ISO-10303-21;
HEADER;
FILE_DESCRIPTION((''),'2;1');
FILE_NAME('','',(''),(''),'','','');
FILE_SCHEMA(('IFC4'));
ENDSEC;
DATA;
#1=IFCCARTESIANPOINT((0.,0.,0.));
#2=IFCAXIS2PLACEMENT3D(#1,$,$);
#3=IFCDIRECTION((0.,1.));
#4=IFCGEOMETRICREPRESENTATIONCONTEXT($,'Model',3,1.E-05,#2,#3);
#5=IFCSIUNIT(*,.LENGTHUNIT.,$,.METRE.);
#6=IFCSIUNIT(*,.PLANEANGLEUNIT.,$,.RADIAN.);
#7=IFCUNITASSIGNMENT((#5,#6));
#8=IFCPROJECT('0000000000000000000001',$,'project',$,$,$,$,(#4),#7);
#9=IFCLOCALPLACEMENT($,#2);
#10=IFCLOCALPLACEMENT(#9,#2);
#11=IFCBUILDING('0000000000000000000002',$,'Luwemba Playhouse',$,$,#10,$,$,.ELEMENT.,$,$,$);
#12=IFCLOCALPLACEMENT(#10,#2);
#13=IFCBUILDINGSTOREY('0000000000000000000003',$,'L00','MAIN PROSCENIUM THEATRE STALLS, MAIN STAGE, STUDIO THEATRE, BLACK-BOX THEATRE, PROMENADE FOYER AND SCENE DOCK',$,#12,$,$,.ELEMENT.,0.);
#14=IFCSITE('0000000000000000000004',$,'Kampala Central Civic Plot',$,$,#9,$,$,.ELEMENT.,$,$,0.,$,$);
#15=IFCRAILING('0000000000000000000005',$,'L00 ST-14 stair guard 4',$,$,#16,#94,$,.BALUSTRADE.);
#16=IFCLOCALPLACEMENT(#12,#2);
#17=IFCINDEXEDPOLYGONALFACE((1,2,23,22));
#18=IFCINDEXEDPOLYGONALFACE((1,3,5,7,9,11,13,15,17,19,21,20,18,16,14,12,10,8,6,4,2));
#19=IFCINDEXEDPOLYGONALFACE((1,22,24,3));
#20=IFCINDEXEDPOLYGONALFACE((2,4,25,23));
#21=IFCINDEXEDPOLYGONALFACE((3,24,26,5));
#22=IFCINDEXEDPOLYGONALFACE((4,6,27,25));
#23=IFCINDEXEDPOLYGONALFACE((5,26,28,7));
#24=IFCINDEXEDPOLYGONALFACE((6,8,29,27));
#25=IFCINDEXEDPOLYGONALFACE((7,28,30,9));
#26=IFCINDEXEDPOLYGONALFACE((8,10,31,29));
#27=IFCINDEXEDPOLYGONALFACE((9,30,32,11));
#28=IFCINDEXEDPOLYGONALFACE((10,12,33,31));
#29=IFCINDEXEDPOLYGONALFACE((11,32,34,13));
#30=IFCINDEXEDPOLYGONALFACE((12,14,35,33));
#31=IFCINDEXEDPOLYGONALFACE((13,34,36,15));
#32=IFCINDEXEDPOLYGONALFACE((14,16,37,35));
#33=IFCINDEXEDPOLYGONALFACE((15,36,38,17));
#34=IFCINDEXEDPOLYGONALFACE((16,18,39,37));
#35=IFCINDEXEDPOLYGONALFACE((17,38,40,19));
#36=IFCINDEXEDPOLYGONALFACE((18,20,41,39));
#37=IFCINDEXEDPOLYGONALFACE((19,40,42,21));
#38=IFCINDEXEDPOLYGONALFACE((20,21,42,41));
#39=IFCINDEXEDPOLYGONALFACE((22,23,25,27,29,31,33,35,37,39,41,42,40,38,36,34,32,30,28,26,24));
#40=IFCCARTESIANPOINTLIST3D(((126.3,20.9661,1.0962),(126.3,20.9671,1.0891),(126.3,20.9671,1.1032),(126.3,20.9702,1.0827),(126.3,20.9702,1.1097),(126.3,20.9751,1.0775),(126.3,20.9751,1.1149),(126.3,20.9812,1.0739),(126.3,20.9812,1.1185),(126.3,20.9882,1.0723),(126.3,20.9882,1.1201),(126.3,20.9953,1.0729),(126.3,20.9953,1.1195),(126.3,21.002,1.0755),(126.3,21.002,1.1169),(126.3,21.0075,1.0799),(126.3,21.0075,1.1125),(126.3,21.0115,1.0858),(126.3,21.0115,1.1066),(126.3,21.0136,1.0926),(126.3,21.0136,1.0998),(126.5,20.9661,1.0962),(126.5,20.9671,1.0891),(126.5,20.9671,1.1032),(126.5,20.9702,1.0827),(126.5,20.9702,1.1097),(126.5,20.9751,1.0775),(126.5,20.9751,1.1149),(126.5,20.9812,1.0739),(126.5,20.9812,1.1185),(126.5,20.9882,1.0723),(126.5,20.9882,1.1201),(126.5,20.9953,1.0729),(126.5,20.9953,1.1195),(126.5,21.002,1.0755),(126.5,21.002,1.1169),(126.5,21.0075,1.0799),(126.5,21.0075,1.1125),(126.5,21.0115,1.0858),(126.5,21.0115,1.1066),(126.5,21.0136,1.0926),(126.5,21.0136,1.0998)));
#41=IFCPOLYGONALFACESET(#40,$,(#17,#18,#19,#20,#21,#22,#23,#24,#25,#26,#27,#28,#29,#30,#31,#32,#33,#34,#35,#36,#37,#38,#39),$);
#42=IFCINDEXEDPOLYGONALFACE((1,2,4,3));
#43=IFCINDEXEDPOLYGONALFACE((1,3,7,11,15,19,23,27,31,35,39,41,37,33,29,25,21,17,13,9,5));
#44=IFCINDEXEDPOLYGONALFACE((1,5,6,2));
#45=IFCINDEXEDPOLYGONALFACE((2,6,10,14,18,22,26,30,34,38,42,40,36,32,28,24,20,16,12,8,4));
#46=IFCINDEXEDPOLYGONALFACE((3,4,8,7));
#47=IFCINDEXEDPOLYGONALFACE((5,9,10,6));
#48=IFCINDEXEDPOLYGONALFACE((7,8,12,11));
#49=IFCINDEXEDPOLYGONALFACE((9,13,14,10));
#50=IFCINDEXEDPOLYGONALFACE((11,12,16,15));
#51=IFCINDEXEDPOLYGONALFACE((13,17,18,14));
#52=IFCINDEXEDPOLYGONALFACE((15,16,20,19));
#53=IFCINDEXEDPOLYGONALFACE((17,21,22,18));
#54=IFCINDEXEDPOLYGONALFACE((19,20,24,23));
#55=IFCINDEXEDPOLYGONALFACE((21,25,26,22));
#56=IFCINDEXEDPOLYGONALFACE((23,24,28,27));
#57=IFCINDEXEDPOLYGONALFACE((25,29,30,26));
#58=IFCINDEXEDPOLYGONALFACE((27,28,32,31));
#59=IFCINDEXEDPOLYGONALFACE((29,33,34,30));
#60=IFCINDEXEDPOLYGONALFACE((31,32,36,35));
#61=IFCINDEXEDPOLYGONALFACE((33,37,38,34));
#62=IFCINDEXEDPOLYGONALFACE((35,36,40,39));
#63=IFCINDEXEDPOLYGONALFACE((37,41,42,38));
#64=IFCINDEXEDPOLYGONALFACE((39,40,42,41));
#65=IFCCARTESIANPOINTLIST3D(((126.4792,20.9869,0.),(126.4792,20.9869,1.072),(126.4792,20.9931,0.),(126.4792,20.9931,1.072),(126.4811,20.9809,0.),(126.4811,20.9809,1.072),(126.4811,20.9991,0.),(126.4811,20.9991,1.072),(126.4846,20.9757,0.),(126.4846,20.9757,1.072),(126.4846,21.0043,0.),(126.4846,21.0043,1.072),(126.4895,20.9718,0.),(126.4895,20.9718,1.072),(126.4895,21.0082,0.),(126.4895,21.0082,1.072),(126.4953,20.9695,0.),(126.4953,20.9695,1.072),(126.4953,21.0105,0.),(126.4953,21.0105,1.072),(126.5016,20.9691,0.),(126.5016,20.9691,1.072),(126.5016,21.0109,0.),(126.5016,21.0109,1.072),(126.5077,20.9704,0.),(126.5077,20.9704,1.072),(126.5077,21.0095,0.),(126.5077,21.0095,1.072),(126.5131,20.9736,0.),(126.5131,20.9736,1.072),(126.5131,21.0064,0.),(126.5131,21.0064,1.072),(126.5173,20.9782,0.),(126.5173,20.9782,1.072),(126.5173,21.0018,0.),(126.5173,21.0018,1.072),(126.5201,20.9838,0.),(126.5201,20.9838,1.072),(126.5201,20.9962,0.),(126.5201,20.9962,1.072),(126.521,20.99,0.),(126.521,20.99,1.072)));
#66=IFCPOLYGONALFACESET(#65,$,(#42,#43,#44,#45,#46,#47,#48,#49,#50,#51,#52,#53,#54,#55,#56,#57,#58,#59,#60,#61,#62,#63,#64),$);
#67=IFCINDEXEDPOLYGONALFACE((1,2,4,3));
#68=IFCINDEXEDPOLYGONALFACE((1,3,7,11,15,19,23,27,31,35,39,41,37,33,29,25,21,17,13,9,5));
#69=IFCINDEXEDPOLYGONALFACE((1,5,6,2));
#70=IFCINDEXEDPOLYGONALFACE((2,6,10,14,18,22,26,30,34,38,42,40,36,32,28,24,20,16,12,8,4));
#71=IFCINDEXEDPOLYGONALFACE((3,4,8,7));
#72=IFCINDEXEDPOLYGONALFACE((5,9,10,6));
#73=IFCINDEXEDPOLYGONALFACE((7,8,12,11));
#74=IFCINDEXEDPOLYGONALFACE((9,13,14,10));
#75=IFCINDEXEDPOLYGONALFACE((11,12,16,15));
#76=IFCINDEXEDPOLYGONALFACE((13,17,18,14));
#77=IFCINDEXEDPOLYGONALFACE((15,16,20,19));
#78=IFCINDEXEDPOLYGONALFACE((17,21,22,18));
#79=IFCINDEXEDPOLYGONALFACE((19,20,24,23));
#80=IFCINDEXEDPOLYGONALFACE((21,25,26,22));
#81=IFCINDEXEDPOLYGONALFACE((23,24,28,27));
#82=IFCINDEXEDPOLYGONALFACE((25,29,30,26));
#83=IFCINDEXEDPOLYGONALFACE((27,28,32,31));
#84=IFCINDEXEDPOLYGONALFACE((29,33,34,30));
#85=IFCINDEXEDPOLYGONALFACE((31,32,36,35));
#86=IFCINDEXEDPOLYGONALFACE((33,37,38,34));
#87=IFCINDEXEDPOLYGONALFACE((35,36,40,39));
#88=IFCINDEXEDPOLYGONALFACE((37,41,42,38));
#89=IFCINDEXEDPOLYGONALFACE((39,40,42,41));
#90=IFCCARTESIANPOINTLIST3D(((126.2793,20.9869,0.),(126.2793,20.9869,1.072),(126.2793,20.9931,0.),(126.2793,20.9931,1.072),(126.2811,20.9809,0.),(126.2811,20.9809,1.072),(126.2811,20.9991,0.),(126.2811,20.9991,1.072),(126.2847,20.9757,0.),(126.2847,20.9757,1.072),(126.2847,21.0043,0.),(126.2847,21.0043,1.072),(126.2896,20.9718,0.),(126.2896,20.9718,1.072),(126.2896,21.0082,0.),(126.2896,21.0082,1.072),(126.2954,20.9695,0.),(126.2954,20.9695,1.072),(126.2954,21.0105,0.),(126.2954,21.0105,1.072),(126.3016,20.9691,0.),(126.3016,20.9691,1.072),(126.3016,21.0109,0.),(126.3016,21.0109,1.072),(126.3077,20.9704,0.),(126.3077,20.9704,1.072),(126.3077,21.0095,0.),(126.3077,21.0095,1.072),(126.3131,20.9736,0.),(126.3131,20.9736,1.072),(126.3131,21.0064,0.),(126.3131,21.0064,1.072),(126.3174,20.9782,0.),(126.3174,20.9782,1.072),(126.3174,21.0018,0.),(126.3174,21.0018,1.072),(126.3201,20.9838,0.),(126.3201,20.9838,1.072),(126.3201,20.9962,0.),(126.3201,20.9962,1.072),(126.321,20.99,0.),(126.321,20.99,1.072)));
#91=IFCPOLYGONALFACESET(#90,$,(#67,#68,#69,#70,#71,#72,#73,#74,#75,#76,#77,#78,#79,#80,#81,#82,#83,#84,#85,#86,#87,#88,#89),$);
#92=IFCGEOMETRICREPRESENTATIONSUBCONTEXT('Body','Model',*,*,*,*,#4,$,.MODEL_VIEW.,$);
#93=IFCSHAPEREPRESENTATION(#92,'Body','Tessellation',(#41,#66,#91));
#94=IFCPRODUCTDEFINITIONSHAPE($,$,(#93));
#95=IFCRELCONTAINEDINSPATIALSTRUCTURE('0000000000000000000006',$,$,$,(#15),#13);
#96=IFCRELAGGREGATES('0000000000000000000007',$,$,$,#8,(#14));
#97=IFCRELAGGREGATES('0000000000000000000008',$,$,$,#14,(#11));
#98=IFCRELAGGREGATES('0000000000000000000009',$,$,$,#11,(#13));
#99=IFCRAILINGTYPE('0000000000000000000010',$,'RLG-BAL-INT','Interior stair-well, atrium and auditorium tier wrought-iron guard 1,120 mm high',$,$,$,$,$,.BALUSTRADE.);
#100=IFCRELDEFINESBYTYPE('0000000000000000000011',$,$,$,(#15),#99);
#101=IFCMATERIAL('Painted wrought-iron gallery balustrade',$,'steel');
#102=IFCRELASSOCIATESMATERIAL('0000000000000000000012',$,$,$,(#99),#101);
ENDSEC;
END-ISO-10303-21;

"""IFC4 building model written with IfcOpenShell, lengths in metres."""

from ifc_helpers import new_model, si_unit, direction, frame, origin, origin_2d, place, context, subcontext, project, spatial, circle, extrude, material, type_object, element, save


model = new_model("IFC4")

# Units and contexts
model_context = context("Model", 3, precision=1e-05, world=origin(), true_north=direction((0.0, 1.0)))
body_context = subcontext(model_context, "Body", "Model", "MODEL_VIEW")
ifc_project = project(units=[si_unit("LENGTHUNIT", "METRE"), si_unit("PLANEANGLEUNIT", "RADIAN")], contexts=[model_context])

# Site, building, storey
site_placement = place(None, origin())
site = spatial("IfcSite", under=ifc_project, at=site_placement, Name="Kampala Central Civic Plot", CompositionType="ELEMENT", RefElevation=0.0)
building_placement = place(site_placement, origin())
building = spatial("IfcBuilding", under=site, at=building_placement, Name="Luwemba Playhouse", CompositionType="ELEMENT")
storey_placement = place(building_placement, origin())
storey = spatial("IfcBuildingStorey", under=building, at=storey_placement, Name="L00", Description="MAIN PROSCENIUM THEATRE STALLS, MAIN STAGE, STUDIO THEATRE, BLACK-BOX THEATRE, PROMENADE FOYER AND SCENE DOCK", CompositionType="ELEMENT", Elevation=0.0)

# Railing
ifc_material_1 = material(Name="Painted wrought-iron gallery balustrade", Category="steel")
railing_type_1 = type_object("IfcRailingType", Name="RLG-BAL-INT", Description="Interior stair-well, atrium and auditorium tier wrought-iron guard 1,120 mm high", PredefinedType="BALUSTRADE", material=ifc_material_1)
railing_1_placement = place(storey_placement, frame((126.5, 20.99, 0.0)))
element("IfcRailing", 1, at=railing_1_placement, inside=storey, type_object=railing_type_1, Name="L00 ST-14 stair guard 4", PredefinedType="BALUSTRADE", context=body_context, shape_type="SweptSolid", body=[
    extrude(circle(Radius=0.0239, at=origin_2d()), frame((0.0, 0.0, 1.0962), z_axis=(-1.0, 0.0, 0.0), x_axis=(0.0, -1.0, 0.0)), (0.0, 0.0, 1.0), 0.2),
    extrude(circle(Radius=0.021, at=origin_2d()), origin(), (0.0, 0.0, 1.0), 1.072),
    extrude(circle(Radius=0.021, at=origin_2d()), frame((-0.2, 0.0, 0.0)), (0.0, 0.0, 1.0), 1.072),
])

save(model, "model.ifc")
